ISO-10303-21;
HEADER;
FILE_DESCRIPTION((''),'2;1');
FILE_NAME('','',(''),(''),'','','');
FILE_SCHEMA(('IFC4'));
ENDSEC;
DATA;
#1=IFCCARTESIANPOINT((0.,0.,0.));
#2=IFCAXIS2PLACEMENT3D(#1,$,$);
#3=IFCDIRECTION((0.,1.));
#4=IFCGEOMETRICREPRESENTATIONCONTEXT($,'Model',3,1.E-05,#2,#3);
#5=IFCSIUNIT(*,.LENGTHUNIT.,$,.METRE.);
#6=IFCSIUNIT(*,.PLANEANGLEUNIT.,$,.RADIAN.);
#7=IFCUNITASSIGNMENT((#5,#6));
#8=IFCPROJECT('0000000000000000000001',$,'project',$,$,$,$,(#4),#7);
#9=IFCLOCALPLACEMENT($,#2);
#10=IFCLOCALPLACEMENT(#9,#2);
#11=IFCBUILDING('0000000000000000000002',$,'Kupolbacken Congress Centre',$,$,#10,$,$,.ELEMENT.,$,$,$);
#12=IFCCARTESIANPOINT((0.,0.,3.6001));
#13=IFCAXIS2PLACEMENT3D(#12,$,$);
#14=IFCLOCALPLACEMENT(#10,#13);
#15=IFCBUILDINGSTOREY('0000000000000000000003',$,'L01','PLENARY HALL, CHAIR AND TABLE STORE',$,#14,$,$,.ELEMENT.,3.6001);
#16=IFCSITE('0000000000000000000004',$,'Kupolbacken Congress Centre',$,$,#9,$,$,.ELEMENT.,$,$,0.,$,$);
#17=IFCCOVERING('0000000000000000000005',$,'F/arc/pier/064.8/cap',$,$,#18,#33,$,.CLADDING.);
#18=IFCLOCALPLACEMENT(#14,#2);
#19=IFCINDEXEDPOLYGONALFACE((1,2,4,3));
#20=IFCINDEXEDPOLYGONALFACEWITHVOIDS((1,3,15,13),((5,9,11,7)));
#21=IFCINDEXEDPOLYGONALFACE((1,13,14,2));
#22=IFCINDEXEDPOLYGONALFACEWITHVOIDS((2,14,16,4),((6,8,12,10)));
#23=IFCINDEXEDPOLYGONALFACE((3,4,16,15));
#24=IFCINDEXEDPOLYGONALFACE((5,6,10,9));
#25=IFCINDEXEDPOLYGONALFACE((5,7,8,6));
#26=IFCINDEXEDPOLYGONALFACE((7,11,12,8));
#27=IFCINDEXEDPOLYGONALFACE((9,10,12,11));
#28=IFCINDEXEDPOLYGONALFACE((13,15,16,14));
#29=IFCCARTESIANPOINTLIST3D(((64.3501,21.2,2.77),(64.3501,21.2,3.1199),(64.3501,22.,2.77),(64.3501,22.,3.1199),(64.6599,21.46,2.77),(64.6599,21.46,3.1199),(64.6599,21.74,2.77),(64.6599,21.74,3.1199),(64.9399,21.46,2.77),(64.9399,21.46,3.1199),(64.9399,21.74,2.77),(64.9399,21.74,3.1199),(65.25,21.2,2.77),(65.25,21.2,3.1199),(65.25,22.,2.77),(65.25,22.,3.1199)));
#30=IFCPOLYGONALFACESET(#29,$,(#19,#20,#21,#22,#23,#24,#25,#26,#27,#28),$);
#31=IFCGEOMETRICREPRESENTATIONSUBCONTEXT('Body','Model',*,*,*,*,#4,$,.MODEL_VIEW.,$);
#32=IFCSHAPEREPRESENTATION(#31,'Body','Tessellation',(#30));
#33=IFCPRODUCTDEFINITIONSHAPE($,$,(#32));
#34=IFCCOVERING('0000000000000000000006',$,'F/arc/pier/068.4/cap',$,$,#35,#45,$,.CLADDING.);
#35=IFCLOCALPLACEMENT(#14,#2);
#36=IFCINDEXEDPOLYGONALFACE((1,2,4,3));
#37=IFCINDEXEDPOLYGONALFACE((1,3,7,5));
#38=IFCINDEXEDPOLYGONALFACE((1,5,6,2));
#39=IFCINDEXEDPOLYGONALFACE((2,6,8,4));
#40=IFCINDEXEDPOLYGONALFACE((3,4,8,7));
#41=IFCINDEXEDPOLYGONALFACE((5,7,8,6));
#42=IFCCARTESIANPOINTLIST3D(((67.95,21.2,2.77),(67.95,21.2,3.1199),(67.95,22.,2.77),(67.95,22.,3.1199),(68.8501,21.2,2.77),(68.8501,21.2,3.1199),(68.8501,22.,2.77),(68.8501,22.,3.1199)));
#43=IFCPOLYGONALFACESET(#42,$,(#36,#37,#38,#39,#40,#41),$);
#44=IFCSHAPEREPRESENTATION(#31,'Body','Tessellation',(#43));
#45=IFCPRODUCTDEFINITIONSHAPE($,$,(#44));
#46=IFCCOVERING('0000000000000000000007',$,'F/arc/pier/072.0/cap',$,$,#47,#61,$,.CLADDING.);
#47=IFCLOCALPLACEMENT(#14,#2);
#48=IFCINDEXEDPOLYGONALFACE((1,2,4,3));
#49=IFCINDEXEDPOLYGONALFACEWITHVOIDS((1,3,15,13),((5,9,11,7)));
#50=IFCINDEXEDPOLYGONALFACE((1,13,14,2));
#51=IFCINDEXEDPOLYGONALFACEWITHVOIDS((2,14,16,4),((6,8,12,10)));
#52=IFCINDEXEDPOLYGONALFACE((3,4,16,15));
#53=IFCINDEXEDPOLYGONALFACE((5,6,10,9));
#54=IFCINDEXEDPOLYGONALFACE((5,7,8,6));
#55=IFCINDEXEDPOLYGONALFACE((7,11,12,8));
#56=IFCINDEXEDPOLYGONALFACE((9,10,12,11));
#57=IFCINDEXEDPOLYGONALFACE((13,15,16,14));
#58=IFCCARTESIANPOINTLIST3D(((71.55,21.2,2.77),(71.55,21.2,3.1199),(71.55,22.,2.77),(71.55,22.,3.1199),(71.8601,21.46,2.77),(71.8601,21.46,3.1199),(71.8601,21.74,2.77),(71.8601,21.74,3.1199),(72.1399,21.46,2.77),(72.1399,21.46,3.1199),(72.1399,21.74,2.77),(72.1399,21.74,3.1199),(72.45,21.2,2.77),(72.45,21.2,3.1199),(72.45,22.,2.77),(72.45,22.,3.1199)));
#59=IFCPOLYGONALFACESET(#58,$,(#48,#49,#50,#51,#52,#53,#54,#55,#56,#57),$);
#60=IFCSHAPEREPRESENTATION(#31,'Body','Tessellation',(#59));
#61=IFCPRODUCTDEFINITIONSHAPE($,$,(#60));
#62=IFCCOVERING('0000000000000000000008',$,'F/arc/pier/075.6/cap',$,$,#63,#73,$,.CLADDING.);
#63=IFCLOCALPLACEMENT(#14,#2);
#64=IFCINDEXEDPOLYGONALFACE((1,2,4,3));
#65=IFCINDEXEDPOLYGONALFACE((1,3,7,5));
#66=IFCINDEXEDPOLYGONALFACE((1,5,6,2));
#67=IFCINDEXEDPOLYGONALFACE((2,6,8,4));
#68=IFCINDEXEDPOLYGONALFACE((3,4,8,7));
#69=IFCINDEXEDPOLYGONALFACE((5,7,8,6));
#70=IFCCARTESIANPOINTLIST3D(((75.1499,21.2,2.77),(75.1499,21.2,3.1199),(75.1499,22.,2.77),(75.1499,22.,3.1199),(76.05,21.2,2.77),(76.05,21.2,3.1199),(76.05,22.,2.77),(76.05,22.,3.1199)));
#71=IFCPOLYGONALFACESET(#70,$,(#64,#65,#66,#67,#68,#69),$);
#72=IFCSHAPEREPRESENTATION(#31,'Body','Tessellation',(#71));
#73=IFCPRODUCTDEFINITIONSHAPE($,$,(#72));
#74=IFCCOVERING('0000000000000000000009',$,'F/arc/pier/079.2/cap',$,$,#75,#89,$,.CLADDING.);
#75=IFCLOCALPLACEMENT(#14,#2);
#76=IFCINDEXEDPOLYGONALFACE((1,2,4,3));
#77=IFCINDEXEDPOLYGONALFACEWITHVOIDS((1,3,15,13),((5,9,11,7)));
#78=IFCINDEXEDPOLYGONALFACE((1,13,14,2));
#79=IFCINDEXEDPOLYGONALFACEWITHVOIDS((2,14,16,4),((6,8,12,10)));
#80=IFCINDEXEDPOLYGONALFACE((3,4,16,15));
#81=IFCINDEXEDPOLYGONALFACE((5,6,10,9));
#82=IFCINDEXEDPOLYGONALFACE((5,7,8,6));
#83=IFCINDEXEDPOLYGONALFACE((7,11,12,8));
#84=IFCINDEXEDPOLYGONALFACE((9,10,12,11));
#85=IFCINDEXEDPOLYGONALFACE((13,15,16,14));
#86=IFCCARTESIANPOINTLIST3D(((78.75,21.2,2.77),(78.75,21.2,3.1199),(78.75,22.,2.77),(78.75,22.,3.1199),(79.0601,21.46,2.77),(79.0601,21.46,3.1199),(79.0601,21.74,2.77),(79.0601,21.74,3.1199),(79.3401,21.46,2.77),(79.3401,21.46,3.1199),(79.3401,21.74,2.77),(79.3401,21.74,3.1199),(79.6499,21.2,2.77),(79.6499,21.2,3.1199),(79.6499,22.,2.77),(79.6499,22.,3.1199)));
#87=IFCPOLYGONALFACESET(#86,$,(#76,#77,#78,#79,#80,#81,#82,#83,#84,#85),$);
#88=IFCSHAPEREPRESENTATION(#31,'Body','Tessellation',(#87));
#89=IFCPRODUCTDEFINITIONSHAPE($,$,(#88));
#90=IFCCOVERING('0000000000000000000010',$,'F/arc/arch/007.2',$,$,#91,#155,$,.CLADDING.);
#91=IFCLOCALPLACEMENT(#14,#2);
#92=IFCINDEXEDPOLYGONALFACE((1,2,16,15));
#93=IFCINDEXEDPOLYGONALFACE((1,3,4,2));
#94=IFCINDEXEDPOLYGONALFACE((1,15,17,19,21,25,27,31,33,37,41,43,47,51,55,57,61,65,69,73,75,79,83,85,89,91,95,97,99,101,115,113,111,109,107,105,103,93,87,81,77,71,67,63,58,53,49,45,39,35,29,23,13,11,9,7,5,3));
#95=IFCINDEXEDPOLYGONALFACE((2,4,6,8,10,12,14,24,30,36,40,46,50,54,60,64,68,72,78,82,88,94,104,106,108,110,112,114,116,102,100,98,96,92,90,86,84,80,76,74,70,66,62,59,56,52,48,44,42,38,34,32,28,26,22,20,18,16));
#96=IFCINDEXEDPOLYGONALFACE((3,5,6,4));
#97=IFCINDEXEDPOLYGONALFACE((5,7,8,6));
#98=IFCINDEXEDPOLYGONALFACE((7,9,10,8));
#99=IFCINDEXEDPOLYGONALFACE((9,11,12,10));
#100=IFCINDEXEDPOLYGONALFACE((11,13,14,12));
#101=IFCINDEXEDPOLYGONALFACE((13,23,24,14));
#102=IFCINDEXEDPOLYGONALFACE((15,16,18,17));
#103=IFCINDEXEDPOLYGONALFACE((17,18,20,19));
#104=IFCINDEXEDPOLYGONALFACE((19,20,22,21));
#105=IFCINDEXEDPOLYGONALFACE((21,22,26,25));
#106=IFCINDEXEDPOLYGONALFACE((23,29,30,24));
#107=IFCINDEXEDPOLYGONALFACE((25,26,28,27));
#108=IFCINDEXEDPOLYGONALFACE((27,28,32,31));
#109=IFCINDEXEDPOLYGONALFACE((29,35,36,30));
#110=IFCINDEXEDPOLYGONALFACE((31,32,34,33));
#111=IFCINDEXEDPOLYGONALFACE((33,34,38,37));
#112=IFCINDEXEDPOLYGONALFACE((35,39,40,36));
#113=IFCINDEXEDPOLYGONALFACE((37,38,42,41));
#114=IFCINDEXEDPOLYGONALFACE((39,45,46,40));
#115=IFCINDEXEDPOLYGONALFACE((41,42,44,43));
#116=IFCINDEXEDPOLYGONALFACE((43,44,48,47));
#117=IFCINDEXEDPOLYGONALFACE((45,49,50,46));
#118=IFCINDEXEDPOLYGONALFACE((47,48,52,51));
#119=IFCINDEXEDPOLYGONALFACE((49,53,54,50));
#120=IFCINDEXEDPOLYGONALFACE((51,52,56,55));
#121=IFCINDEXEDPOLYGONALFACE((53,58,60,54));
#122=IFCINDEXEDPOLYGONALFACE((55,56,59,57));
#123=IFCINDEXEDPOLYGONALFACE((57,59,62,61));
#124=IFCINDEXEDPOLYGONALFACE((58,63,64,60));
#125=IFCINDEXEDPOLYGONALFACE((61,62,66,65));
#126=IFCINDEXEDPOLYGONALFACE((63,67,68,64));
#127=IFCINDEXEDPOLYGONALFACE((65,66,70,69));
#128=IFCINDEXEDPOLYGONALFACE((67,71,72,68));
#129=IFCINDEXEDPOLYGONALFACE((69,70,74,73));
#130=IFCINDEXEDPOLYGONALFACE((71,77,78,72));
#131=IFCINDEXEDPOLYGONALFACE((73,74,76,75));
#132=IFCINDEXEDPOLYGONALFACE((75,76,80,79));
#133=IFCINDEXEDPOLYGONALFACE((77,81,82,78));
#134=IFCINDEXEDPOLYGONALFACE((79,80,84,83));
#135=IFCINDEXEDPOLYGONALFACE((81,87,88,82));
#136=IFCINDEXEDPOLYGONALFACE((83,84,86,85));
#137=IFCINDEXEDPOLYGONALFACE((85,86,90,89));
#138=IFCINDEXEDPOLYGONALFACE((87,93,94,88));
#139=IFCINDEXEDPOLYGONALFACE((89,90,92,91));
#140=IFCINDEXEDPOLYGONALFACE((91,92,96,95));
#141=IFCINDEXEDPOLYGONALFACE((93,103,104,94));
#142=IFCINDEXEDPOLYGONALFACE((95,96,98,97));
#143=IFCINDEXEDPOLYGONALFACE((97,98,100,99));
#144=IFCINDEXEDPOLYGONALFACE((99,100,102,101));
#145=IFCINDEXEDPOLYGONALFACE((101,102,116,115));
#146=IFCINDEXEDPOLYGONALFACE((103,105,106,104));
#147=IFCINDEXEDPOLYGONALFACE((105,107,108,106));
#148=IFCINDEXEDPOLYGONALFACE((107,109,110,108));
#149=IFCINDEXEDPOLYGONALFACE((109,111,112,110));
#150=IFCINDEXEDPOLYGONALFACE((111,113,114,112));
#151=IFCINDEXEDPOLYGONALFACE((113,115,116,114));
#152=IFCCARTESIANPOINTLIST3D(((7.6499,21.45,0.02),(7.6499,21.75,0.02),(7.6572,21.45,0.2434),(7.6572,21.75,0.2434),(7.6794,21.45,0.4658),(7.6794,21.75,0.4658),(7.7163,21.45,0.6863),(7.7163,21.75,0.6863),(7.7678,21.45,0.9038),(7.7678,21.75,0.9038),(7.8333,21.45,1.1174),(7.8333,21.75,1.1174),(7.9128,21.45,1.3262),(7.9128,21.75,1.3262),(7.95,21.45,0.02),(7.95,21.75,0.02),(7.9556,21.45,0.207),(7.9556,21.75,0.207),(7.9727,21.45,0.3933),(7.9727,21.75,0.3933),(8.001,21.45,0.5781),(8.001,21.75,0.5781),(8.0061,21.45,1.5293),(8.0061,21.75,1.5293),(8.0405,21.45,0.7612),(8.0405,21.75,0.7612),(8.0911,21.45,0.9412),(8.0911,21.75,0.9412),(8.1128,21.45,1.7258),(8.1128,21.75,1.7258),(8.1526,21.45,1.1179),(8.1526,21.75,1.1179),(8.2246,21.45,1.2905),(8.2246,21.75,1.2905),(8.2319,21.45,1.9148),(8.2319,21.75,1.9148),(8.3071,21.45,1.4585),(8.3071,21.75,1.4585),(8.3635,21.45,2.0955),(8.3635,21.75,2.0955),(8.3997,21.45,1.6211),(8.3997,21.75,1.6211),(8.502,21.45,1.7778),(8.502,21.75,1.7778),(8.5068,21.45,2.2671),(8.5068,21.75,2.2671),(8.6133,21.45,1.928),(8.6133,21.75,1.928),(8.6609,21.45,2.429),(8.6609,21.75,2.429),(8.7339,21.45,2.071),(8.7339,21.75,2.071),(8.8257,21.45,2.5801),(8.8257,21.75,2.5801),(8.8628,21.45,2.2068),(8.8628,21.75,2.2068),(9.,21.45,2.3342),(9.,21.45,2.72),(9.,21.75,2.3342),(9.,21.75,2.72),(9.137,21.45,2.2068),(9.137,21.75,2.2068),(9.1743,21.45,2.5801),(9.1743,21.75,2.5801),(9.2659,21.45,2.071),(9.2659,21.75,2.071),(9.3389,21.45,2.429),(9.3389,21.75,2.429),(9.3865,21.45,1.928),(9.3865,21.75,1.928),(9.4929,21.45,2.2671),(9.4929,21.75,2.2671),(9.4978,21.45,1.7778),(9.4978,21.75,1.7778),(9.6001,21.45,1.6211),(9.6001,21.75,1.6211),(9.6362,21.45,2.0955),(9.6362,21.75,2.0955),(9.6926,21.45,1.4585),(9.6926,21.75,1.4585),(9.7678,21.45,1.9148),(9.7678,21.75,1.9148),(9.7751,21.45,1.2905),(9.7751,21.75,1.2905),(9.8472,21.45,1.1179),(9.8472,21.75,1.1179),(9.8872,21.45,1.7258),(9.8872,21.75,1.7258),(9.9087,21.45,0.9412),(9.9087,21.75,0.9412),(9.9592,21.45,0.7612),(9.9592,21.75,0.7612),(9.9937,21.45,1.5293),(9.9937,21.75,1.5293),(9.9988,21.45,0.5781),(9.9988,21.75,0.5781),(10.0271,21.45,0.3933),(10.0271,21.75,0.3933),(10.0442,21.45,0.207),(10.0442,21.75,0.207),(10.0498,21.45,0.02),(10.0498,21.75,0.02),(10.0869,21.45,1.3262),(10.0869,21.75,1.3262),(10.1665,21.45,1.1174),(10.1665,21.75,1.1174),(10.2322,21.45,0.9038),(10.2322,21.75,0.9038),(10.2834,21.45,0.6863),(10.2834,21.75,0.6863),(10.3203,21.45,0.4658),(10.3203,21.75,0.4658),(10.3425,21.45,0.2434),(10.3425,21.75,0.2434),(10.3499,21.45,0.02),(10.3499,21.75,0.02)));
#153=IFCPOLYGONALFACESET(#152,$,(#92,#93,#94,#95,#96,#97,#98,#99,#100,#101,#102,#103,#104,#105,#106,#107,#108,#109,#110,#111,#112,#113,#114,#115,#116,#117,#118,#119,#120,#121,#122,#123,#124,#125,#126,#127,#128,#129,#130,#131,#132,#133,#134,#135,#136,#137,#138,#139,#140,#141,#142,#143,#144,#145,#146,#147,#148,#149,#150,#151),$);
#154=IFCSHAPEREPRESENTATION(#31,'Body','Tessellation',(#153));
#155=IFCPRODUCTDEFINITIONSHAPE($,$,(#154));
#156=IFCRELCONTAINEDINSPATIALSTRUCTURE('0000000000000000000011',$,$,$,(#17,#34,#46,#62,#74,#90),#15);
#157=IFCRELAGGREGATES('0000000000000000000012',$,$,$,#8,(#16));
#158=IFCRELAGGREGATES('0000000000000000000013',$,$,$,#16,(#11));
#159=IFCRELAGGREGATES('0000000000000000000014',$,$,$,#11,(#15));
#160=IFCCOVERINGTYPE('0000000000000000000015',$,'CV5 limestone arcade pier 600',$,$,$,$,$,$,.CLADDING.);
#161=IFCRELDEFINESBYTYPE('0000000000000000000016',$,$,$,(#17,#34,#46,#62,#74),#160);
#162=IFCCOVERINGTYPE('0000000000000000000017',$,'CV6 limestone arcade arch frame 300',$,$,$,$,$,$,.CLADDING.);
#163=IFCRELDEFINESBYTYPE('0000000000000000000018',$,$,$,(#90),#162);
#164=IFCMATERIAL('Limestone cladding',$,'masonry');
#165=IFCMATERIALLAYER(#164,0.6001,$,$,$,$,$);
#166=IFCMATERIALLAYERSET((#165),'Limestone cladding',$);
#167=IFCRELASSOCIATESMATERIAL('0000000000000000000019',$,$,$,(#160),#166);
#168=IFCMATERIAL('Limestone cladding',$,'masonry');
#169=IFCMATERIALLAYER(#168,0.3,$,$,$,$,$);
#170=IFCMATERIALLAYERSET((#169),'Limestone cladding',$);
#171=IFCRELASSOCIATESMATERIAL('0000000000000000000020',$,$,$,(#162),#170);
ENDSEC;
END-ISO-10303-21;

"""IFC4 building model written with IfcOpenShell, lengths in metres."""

from ifc_helpers import new_model, si_unit, direction, frame, origin, place, context, subcontext, project, spatial, polyline, outline, extrude, material, layer, layer_set, type_object, element, save


model = new_model("IFC4")

# Units and contexts
model_context = context("Model", 3, precision=1e-05, world=origin(), true_north=direction((0.0, 1.0)))
body_context = subcontext(model_context, "Body", "Model", "MODEL_VIEW")
ifc_project = project(units=[si_unit("LENGTHUNIT", "METRE"), si_unit("PLANEANGLEUNIT", "RADIAN")], contexts=[model_context])

# Site, building, storey
site_placement = place(None, origin())
site = spatial("IfcSite", under=ifc_project, at=site_placement, Name="Kupolbacken Congress Centre", CompositionType="ELEMENT", RefElevation=0.0)
building_placement = place(site_placement, origin())
building = spatial("IfcBuilding", under=site, at=building_placement, Name="Kupolbacken Congress Centre", CompositionType="ELEMENT")
storey_placement = place(building_placement, frame((0.0, 0.0, 3.6001)))
storey = spatial("IfcBuildingStorey", under=building, at=storey_placement, Name="L01", Description="PLENARY HALL, CHAIR AND TABLE STORE", CompositionType="ELEMENT", Elevation=3.6001)

# Coverings
ifc_material_1 = material(Name="Limestone cladding", Category="masonry")
ifc_layer_1 = layer(ifc_material_1, 0.6001)
ifc_layer_set_1 = layer_set([ifc_layer_1], Name="Limestone cladding")
covering_type_1 = type_object("IfcCoveringType", Name="CV5 limestone arcade pier 600", PredefinedType="CLADDING", material=ifc_layer_set_1)
covering_1_placement = place(storey_placement, frame((0.0, 0.0, 2.77)))
element("IfcCovering", 1, at=covering_1_placement, inside=storey, type_object=covering_type_1, Name="F/arc/pier/064.8/cap", PredefinedType="CLADDING", context=body_context, shape_type="SweptSolid", body=[
    extrude(outline(polyline([(64.3501, 21.2), (65.25, 21.2), (65.25, 22.0), (64.3501, 22.0), (64.3501, 21.2)]), holes=[polyline([(64.6599, 21.46), (64.9399, 21.46), (64.9399, 21.74), (64.6599, 21.74), (64.6599, 21.46)])]), origin(), (0.0, 0.0, 1.0), 0.3499),
])
covering_2_placement = place(storey_placement, frame((0.0, 0.0, 2.77)))
element("IfcCovering", 2, at=covering_2_placement, inside=storey, type_object=covering_type_1, Name="F/arc/pier/068.4/cap", PredefinedType="CLADDING", context=body_context, shape_type="SweptSolid", body=[
    extrude(outline(polyline([(67.95, 21.2), (68.8501, 21.2), (68.8501, 22.0), (67.95, 22.0), (67.95, 21.2)])), origin(), (0.0, 0.0, 1.0), 0.3499),
])
covering_3_placement = place(storey_placement, frame((0.0, 0.0, 2.77)))
element("IfcCovering", 3, at=covering_3_placement, inside=storey, type_object=covering_type_1, Name="F/arc/pier/072.0/cap", PredefinedType="CLADDING", context=body_context, shape_type="SweptSolid", body=[
    extrude(outline(polyline([(71.55, 21.2), (72.45, 21.2), (72.45, 22.0), (71.55, 22.0), (71.55, 21.2)]), holes=[polyline([(71.8601, 21.46), (72.1399, 21.46), (72.1399, 21.74), (71.8601, 21.74), (71.8601, 21.46)])]), origin(), (0.0, 0.0, 1.0), 0.3499),
])
covering_4_placement = place(storey_placement, frame((0.0, 0.0, 2.77)))
element("IfcCovering", 4, at=covering_4_placement, inside=storey, type_object=covering_type_1, Name="F/arc/pier/075.6/cap", PredefinedType="CLADDING", context=body_context, shape_type="SweptSolid", body=[
    extrude(outline(polyline([(75.1499, 21.2), (76.05, 21.2), (76.05, 22.0), (75.1499, 22.0), (75.1499, 21.2)])), origin(), (0.0, 0.0, 1.0), 0.3499),
])
covering_5_placement = place(storey_placement, frame((0.0, 0.0, 2.77)))
element("IfcCovering", 5, at=covering_5_placement, inside=storey, type_object=covering_type_1, Name="F/arc/pier/079.2/cap", PredefinedType="CLADDING", context=body_context, shape_type="SweptSolid", body=[
    extrude(outline(polyline([(78.75, 21.2), (79.6499, 21.2), (79.6499, 22.0), (78.75, 22.0), (78.75, 21.2)]), holes=[polyline([(79.0601, 21.46), (79.3401, 21.46), (79.3401, 21.74), (79.0601, 21.74), (79.0601, 21.46)])]), origin(), (0.0, 0.0, 1.0), 0.3499),
])
ifc_material_2 = material(Name="Limestone cladding", Category="masonry")
ifc_layer_2 = layer(ifc_material_2, 0.3)
ifc_layer_set_2 = layer_set([ifc_layer_2], Name="Limestone cladding")
covering_type_2 = type_object("IfcCoveringType", Name="CV6 limestone arcade arch frame 300", PredefinedType="CLADDING", material=ifc_layer_set_2)
covering_6_placement = place(storey_placement, frame((7.6499, 21.45, 0.02), z_axis=(0.0, 1.0, 0.0), x_axis=(-1.0, 0.0, 0.0)))
element("IfcCovering", 6, at=covering_6_placement, inside=storey, type_object=covering_type_2, Name="F/arc/arch/007.2", PredefinedType="CLADDING", context=body_context, shape_type="SweptSolid", body=[
    extrude(outline(polyline([(0.0, 0.0), (-0.0073, 0.2234), (-0.0295, 0.4458), (-0.0664, 0.6663), (-0.1179, 0.8838), (-0.1833, 1.0974), (-0.2629, 1.3062), (-0.3562, 1.5093), (-0.4629, 1.7058), (-0.582, 1.8948), (-0.7136, 2.0754), (-0.8569, 2.2471), (-1.011, 2.4089), (-1.1758, 2.5601), (-1.3501, 2.7), (-1.5244, 2.5601), (-1.689, 2.4089), (-1.843, 2.2471), (-1.9863, 2.0754), (-2.1179, 1.8948), (-2.2373, 1.7058), (-2.3438, 1.5093), (-2.437, 1.3062), (-2.5166, 1.0974), (-2.5823, 0.8838), (-2.6335, 0.6663), (-2.6704, 0.4458), (-2.6926, 0.2234), (-2.7, 0.0), (-2.3999, 0.0), (-2.3943, 0.187), (-2.3772, 0.3733), (-2.3489, 0.5581), (-2.3093, 0.7412), (-2.2588, 0.9211), (-2.1973, 1.0979), (-2.1252, 1.2705), (-2.0427, 1.4385), (-1.9502, 1.6011), (-1.8479, 1.7578), (-1.7366, 1.908), (-1.616, 2.051), (-1.4871, 2.1868), (-1.3501, 2.3142), (-1.2129, 2.1868), (-1.084, 2.051), (-0.9634, 1.908), (-0.8521, 1.7578), (-0.7498, 1.6011), (-0.6572, 1.4385), (-0.5747, 1.2705), (-0.5027, 1.0979), (-0.4412, 0.9211), (-0.3906, 0.7412), (-0.3511, 0.5581), (-0.3228, 0.3733), (-0.3057, 0.187), (-0.3, 0.0), (0.0, 0.0)])), origin(), (0.0, 0.0, 1.0), 0.3),
])

save(model, "model.ifc")
